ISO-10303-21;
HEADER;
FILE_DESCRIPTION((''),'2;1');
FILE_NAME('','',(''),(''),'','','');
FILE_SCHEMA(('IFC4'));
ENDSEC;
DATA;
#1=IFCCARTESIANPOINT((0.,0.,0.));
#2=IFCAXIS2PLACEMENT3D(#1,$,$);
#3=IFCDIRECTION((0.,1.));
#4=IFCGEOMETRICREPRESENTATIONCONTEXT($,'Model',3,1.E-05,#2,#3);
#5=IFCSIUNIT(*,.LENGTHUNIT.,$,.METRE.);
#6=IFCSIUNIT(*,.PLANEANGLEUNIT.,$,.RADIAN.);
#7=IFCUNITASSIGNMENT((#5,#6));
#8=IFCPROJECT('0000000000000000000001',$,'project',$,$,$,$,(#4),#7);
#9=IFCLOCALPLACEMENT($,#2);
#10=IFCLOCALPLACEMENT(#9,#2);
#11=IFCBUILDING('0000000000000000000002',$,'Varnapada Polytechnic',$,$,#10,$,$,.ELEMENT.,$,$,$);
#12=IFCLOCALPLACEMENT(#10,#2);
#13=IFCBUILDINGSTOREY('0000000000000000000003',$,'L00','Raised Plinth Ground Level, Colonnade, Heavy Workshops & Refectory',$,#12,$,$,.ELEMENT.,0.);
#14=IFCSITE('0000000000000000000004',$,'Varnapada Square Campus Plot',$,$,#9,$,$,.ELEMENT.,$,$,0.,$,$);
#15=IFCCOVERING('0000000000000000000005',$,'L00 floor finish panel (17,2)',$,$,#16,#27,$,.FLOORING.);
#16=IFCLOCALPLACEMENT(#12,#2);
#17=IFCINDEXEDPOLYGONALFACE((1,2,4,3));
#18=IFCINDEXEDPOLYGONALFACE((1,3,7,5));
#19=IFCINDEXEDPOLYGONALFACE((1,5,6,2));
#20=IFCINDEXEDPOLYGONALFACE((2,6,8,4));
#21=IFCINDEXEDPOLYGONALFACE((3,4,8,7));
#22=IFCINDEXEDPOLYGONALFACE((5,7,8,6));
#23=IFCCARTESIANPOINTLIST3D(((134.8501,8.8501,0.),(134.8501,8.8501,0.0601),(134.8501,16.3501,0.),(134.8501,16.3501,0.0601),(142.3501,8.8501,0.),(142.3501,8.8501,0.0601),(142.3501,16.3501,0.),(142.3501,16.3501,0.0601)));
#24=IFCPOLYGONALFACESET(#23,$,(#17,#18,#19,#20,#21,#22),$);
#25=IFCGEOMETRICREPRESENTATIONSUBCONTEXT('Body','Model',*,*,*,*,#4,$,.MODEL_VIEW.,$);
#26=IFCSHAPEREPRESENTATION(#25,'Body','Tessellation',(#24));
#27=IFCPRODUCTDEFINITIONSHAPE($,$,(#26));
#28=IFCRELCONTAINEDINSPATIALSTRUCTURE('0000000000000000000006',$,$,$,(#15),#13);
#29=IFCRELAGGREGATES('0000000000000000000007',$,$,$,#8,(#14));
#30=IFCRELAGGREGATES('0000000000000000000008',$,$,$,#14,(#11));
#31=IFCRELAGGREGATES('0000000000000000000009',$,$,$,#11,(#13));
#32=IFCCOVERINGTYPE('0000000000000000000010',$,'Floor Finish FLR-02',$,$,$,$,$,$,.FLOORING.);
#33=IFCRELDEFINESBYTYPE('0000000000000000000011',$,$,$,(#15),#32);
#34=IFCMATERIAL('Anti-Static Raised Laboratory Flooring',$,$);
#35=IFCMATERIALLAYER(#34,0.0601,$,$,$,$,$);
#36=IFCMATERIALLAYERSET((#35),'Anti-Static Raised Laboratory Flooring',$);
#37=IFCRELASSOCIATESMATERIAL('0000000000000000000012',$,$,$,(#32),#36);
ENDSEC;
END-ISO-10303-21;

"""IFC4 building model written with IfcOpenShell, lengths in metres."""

from ifc_helpers import new_model, si_unit, direction, frame, origin, origin_2d, place, context, subcontext, project, spatial, rectangle, extrude, material, layer, layer_set, type_object, element, save


model = new_model("IFC4")

# Units and contexts
model_context = context("Model", 3, precision=1e-05, world=origin(), true_north=direction((0.0, 1.0)))
body_context = subcontext(model_context, "Body", "Model", "MODEL_VIEW")
ifc_project = project(units=[si_unit("LENGTHUNIT", "METRE"), si_unit("PLANEANGLEUNIT", "RADIAN")], contexts=[model_context])

# Site, building, storey
site_placement = place(None, origin())
site = spatial("IfcSite", under=ifc_project, at=site_placement, Name="Varnapada Square Campus Plot", CompositionType="ELEMENT", RefElevation=0.0)
building_placement = place(site_placement, origin())
building = spatial("IfcBuilding", under=site, at=building_placement, Name="Varnapada Polytechnic", CompositionType="ELEMENT")
storey_placement = place(building_placement, origin())
storey = spatial("IfcBuildingStorey", under=building, at=storey_placement, Name="L00", Description="Raised Plinth Ground Level, Colonnade, Heavy Workshops & Refectory", CompositionType="ELEMENT", Elevation=0.0)

# Covering
ifc_material_1 = material(Name="Anti-Static Raised Laboratory Flooring")
ifc_layer_1 = layer(ifc_material_1, 0.0601)
ifc_layer_set_1 = layer_set([ifc_layer_1], Name="Anti-Static Raised Laboratory Flooring")
covering_type = type_object("IfcCoveringType", Name="Floor Finish FLR-02", PredefinedType="FLOORING", material=ifc_layer_set_1)
covering_placement = place(storey_placement, frame((138.6001, 12.6001, 0.0), z_axis=(0.0, 0.0, 1.0), x_axis=(1.0, 0.0, 0.0)))
element("IfcCovering", 1, at=covering_placement, inside=storey, type_object=covering_type, Name="L00 floor finish panel (17,2)", PredefinedType="FLOORING", context=body_context, shape_type="SweptSolid", body=[
    extrude(rectangle(XDim=7.5, YDim=7.5, at=origin_2d()), origin(), (0.0, 0.0, 1.0), 0.0601),
])

save(model, "model.ifc")
